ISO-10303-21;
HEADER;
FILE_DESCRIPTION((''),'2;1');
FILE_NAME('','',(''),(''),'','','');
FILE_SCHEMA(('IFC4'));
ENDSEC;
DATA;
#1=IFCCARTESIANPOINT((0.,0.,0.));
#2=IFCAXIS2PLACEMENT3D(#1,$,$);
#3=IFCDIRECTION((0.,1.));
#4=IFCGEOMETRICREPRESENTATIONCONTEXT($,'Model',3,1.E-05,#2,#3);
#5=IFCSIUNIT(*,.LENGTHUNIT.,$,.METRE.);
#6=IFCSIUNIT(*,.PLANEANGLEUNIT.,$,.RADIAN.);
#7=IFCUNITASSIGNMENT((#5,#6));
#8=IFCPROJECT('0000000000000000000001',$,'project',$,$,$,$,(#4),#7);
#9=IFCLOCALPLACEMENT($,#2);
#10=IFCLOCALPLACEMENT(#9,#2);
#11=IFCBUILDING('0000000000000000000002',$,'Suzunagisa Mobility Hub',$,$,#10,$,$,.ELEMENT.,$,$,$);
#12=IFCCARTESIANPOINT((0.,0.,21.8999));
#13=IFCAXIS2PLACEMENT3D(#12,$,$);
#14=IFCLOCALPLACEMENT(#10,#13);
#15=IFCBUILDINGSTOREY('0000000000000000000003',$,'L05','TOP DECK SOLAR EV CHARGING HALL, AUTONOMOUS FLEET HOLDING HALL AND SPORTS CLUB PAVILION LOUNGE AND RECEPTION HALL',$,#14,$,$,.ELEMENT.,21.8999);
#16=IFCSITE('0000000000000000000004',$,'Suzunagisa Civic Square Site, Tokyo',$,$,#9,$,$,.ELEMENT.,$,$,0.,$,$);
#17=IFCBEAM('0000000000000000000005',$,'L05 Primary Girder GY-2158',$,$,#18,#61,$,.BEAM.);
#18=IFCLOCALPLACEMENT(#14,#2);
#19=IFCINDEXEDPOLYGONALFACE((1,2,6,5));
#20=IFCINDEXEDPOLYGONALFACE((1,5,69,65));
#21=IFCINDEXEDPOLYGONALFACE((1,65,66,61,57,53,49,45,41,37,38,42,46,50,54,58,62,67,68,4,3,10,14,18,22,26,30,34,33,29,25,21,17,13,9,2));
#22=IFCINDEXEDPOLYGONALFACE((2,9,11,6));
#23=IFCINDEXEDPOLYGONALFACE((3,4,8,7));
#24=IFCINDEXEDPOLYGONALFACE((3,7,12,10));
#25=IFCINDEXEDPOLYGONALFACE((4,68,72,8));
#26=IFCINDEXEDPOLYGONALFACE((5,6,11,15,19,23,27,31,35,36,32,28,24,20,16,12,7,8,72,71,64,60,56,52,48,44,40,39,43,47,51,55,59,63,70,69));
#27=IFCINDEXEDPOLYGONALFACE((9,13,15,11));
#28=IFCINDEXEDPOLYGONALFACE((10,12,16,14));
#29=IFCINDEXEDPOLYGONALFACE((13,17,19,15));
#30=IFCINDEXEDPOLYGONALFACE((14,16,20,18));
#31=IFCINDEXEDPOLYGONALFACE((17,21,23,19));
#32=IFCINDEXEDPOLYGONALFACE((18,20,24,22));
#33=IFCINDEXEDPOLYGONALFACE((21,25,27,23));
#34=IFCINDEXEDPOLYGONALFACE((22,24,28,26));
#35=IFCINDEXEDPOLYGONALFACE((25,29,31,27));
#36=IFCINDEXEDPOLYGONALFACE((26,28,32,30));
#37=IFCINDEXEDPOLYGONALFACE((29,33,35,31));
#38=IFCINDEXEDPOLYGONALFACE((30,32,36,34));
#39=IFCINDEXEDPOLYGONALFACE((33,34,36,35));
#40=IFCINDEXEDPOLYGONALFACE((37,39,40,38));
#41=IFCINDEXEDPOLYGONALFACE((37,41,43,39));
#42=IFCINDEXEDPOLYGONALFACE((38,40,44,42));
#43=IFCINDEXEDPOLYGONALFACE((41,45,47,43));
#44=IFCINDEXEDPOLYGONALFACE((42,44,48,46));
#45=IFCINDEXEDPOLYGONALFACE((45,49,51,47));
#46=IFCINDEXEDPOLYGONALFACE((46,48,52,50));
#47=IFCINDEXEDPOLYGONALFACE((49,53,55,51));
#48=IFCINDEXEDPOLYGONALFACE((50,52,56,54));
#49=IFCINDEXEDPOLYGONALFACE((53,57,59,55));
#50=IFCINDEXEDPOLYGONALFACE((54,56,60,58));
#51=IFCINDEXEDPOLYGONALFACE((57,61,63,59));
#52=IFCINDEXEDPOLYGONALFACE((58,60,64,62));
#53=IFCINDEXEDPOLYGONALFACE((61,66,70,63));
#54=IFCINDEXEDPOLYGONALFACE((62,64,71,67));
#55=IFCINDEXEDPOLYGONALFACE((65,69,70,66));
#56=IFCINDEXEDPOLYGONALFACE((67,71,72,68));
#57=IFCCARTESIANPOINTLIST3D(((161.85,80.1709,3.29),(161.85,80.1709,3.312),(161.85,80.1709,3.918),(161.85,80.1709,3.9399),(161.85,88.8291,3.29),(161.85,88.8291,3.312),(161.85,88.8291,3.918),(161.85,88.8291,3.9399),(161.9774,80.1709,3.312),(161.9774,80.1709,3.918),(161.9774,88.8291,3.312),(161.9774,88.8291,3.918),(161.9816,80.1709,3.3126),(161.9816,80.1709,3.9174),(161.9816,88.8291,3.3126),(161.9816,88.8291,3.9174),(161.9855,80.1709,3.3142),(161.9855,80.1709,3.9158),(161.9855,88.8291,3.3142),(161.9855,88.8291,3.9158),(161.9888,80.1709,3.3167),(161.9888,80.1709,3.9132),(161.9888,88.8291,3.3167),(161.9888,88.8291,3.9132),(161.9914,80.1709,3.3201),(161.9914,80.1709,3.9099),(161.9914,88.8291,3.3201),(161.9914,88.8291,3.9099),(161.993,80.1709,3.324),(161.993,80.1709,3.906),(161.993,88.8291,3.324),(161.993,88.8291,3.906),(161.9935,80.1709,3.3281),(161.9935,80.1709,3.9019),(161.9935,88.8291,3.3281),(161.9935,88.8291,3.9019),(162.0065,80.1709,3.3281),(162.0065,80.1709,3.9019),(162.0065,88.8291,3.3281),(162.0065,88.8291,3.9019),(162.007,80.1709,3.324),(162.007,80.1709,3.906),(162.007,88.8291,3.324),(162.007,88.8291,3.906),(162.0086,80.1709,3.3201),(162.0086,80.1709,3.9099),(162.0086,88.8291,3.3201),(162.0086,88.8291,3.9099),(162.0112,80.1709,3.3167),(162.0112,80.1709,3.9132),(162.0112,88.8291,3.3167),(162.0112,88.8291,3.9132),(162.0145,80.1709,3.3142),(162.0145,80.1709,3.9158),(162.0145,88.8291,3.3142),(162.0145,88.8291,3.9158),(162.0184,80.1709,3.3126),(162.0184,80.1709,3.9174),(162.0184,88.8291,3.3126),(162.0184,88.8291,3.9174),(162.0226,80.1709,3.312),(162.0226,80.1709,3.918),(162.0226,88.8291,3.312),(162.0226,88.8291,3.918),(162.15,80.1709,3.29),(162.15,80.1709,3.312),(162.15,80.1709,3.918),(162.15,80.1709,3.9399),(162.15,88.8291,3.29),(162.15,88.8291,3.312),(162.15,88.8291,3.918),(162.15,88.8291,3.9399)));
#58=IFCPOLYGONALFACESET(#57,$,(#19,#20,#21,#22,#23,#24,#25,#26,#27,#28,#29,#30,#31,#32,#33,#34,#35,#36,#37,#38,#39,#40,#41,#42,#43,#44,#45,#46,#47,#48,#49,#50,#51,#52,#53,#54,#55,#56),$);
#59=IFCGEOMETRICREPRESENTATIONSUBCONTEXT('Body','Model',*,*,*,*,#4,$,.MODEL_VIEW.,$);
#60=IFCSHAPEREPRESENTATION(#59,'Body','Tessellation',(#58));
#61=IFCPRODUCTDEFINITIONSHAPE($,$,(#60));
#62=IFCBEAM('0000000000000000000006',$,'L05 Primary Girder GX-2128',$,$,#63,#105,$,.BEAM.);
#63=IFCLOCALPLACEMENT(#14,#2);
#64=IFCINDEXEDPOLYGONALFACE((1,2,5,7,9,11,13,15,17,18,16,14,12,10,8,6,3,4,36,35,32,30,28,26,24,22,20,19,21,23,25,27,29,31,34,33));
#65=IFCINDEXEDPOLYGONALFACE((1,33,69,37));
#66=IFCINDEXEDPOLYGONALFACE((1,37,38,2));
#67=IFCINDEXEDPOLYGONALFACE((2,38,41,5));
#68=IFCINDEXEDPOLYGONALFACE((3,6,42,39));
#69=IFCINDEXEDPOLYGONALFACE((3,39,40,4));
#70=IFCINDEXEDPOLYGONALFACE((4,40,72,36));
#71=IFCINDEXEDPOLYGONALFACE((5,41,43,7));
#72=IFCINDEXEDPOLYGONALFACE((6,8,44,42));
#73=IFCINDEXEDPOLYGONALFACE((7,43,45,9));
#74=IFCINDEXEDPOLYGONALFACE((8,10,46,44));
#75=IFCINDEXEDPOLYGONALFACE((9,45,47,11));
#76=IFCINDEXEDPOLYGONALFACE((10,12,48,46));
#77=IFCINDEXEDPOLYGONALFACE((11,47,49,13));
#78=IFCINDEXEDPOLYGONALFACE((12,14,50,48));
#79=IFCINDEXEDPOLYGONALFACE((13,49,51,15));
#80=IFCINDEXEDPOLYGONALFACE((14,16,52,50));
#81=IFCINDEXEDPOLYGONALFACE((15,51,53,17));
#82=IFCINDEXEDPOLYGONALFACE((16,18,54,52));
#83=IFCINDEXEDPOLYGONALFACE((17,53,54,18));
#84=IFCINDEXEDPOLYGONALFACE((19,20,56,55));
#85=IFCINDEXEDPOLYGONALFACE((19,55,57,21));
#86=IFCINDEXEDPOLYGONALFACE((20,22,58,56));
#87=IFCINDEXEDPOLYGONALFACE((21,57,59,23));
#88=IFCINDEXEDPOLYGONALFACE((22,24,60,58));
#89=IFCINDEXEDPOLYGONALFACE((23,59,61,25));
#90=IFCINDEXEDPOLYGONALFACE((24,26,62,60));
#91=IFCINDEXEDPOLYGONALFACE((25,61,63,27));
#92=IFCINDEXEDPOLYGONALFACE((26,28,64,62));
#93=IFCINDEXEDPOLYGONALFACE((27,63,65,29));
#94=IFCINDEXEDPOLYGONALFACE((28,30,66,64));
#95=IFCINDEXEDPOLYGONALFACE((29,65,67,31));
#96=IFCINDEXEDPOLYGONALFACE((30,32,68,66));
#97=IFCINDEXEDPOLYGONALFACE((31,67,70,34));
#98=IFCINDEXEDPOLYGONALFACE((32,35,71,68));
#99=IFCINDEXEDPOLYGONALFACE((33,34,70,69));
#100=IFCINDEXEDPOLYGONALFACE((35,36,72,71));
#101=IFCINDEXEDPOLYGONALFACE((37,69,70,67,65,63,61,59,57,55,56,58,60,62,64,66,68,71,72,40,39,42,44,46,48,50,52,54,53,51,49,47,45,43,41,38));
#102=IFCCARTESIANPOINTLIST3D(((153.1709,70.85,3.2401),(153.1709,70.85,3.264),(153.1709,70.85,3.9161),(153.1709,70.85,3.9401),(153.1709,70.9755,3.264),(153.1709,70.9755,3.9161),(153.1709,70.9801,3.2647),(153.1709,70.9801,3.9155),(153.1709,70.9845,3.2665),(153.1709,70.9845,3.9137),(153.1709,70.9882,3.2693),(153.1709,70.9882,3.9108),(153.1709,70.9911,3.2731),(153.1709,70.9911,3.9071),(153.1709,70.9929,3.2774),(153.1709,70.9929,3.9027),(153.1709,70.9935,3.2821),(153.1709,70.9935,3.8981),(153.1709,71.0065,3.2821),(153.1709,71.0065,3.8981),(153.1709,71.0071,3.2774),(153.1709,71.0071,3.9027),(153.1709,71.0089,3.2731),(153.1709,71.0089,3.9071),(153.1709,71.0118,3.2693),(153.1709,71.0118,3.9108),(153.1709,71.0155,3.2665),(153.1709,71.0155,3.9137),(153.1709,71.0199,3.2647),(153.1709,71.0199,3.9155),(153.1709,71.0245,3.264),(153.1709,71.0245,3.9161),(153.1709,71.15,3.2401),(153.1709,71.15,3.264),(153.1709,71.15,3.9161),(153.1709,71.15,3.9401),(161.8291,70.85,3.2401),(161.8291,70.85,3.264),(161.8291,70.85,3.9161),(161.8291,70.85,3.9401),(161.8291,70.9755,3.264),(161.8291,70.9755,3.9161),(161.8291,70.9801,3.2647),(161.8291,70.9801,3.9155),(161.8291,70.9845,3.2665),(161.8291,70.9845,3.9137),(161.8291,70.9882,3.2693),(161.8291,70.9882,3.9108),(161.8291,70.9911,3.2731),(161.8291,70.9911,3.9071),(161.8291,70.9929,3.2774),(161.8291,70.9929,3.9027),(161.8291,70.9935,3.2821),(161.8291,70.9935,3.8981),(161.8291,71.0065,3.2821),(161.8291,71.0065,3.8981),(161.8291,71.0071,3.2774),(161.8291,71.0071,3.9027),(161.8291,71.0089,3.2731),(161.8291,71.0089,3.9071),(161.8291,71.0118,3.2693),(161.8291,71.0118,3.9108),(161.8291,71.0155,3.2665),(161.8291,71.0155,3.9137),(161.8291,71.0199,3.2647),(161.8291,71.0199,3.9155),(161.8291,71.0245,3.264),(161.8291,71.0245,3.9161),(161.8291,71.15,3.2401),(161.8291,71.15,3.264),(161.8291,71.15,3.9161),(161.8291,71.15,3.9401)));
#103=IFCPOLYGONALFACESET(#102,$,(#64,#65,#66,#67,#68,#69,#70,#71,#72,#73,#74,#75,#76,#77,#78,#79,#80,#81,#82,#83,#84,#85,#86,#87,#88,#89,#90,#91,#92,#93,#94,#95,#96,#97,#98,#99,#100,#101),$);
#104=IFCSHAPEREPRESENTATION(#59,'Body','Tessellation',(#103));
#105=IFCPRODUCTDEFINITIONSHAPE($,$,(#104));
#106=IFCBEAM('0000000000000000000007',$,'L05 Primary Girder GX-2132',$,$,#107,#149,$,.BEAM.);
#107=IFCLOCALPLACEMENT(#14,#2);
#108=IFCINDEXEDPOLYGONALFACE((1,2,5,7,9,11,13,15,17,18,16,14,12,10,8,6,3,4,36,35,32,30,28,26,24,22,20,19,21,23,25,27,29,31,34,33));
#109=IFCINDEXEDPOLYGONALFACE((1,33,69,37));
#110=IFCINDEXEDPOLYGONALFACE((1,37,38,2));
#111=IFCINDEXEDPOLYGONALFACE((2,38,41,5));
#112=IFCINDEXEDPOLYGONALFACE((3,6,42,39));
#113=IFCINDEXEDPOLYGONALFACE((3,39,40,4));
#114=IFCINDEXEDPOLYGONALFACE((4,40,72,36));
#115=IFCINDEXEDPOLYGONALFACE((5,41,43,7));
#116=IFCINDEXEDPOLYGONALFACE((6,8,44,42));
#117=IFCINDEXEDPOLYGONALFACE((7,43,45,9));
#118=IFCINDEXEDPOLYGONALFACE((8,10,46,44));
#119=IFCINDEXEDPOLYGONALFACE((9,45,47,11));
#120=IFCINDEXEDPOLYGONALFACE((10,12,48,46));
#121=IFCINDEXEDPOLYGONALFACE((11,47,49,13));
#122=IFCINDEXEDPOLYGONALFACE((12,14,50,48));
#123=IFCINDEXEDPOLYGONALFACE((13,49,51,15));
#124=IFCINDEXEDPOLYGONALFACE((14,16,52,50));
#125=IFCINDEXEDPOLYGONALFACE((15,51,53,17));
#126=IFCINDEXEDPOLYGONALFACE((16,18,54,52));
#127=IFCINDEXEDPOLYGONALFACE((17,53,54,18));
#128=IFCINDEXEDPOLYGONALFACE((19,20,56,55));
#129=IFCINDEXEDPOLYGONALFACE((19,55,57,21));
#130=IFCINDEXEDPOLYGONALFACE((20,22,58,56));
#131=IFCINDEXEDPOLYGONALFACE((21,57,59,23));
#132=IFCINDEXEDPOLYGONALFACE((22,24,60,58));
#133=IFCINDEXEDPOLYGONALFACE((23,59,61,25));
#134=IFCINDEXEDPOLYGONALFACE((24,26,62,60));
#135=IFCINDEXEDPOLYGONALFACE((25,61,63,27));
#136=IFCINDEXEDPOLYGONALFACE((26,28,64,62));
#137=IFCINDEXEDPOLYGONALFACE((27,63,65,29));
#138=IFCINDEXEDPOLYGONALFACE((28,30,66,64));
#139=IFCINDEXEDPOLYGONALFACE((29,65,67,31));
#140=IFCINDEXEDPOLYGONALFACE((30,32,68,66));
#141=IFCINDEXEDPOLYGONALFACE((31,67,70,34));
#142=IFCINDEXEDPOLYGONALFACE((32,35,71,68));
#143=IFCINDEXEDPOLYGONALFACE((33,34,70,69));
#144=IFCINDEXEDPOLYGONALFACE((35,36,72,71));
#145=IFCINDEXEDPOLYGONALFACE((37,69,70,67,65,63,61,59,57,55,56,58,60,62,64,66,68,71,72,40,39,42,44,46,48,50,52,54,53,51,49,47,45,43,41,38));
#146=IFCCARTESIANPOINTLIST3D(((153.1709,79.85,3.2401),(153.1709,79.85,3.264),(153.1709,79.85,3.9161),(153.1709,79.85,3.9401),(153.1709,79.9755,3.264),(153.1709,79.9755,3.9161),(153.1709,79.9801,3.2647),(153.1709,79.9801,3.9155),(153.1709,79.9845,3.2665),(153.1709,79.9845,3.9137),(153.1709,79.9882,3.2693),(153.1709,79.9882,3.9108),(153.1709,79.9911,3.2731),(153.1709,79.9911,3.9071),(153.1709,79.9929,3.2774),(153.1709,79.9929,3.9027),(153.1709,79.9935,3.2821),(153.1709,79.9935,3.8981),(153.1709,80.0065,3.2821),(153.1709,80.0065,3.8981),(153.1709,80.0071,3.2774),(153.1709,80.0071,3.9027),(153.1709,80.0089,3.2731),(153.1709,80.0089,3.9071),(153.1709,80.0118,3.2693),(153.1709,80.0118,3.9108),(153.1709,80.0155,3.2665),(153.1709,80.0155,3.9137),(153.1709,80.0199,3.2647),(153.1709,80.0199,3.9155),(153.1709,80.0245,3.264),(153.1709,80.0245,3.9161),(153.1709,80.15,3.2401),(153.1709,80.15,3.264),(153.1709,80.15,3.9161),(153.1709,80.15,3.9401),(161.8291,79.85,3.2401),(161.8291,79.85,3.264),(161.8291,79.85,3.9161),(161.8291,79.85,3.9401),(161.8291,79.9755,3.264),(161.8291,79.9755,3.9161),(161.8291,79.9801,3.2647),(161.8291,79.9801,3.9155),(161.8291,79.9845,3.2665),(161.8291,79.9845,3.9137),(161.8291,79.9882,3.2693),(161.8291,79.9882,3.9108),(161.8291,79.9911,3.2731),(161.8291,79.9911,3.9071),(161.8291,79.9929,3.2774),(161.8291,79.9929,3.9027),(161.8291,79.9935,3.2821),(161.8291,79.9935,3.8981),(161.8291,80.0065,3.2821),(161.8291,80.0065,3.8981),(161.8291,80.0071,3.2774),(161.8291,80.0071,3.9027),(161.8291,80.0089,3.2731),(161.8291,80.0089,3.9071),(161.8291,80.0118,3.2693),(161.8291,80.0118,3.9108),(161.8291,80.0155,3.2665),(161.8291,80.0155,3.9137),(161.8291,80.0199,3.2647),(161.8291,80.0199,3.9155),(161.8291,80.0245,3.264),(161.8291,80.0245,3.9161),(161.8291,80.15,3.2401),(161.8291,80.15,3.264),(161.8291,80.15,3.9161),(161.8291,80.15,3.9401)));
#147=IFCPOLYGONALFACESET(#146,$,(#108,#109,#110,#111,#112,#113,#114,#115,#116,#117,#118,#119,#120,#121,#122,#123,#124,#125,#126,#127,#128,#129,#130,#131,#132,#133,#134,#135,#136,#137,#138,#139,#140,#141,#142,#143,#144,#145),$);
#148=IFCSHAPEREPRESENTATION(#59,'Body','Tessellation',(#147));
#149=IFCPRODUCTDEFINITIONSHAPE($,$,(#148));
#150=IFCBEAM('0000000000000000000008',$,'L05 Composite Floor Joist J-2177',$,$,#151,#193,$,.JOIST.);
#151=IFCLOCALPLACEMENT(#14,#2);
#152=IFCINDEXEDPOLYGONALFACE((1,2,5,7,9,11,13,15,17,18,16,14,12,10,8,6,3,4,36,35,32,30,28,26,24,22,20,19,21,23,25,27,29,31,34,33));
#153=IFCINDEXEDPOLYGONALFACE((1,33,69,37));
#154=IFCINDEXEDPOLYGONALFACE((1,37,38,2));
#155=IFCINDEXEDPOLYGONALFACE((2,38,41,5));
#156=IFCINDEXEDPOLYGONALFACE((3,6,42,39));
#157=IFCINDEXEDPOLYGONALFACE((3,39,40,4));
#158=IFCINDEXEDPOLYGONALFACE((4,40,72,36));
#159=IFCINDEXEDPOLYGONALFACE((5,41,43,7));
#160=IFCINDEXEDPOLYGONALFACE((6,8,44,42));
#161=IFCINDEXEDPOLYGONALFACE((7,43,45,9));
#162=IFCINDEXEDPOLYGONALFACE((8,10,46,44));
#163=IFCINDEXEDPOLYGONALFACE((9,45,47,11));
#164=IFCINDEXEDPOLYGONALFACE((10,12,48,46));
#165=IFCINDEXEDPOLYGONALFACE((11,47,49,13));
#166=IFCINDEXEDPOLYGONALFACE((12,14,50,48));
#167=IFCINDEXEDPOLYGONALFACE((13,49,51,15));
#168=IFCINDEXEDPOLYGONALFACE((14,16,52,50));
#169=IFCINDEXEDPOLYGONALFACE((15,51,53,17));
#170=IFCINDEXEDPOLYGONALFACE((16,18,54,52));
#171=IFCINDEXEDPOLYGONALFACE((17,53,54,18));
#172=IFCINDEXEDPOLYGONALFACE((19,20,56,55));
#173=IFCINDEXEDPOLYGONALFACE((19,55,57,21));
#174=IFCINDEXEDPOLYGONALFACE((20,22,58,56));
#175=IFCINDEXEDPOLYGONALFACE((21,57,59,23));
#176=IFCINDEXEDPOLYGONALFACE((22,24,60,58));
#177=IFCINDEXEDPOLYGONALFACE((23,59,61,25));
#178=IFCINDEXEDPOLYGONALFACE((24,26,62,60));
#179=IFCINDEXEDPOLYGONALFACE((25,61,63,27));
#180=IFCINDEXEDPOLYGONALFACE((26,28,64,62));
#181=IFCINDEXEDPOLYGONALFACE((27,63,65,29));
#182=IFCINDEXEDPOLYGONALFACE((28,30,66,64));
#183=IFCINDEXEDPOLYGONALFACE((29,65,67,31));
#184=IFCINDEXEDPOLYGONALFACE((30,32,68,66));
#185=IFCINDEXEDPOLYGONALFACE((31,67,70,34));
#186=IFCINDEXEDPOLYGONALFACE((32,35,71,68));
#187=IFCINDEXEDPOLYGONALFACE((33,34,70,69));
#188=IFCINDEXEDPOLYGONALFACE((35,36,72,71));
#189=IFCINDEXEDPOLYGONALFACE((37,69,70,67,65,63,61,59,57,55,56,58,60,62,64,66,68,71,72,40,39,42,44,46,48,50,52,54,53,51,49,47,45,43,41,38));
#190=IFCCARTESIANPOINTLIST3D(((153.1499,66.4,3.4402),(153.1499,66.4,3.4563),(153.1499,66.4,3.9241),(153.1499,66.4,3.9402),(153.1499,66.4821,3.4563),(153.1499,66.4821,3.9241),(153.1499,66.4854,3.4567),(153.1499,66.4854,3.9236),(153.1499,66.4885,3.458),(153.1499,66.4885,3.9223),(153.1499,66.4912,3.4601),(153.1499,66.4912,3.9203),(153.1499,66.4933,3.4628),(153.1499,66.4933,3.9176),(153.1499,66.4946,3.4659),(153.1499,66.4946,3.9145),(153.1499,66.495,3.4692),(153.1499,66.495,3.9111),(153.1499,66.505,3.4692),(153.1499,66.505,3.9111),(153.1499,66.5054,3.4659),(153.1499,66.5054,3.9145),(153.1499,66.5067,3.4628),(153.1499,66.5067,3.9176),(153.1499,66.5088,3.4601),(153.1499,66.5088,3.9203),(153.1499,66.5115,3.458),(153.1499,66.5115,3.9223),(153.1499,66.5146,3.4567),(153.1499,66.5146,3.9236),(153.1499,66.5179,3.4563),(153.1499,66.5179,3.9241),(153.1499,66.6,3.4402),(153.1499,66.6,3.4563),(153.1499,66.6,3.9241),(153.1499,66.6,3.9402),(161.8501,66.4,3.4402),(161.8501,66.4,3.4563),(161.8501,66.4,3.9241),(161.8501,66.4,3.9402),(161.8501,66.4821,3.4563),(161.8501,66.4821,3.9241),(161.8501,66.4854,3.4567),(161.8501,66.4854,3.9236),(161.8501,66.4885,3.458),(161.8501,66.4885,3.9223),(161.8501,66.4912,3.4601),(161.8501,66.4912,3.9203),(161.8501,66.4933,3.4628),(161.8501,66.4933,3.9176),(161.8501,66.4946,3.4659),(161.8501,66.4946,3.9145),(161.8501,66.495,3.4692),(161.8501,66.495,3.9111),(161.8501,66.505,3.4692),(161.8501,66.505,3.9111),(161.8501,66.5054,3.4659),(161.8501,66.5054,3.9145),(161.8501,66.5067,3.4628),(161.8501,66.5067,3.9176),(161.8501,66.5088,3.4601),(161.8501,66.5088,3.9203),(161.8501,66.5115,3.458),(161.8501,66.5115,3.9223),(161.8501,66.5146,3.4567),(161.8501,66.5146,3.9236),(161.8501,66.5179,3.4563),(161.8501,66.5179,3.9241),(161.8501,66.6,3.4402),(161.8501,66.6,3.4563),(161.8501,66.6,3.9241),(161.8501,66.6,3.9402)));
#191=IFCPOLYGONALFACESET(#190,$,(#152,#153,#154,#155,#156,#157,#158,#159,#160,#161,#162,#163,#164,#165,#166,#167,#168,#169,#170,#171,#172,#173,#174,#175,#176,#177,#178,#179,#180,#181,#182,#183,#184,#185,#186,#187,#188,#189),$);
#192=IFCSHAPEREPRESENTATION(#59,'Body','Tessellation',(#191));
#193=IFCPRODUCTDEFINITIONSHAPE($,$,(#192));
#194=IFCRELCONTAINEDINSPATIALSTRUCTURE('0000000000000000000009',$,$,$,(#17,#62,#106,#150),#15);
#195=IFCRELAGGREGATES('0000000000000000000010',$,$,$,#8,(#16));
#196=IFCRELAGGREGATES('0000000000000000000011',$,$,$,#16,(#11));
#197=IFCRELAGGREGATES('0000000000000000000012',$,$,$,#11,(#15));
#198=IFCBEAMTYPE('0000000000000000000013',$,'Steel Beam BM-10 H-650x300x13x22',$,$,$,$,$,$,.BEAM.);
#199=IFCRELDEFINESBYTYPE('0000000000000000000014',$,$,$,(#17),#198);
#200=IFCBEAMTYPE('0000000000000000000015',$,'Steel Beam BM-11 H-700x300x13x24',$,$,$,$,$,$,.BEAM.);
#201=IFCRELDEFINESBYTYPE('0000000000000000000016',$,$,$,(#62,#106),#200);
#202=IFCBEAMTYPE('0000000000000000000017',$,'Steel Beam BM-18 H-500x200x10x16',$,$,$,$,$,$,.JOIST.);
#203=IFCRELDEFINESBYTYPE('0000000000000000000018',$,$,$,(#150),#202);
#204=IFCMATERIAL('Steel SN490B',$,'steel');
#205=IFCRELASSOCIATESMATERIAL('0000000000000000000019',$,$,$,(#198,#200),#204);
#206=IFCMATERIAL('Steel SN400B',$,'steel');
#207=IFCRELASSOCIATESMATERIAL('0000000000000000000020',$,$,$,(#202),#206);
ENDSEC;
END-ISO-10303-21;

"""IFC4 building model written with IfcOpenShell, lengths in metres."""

from ifc_helpers import new_model, si_unit, direction, frame, origin, origin_2d, place, context, subcontext, project, spatial, i_section, extrude, material, material_profile, profile_set, type_object, element, save


model = new_model("IFC4")

# Units and contexts
model_context = context("Model", 3, precision=1e-05, world=origin(), true_north=direction((0.0, 1.0)))
body_context = subcontext(model_context, "Body", "Model", "MODEL_VIEW")
ifc_project = project(units=[si_unit("LENGTHUNIT", "METRE"), si_unit("PLANEANGLEUNIT", "RADIAN")], contexts=[model_context])

# Site, building, storey
site_placement = place(None, origin())
site = spatial("IfcSite", under=ifc_project, at=site_placement, Name="Suzunagisa Civic Square Site, Tokyo", CompositionType="ELEMENT", RefElevation=0.0)
building_placement = place(site_placement, origin())
building = spatial("IfcBuilding", under=site, at=building_placement, Name="Suzunagisa Mobility Hub", CompositionType="ELEMENT")
storey_placement = place(building_placement, frame((0.0, 0.0, 21.8999)))
storey = spatial("IfcBuildingStorey", under=building, at=storey_placement, Name="L05", Description="TOP DECK SOLAR EV CHARGING HALL, AUTONOMOUS FLEET HOLDING HALL AND SPORTS CLUB PAVILION LOUNGE AND RECEPTION HALL", CompositionType="ELEMENT", Elevation=21.8999)

# Shared definitions
ifc_material_1 = material(Name="Steel SN490B", Category="steel")

# Beams
ifc_material_profile_1 = material_profile(ifc_material_1, i_section(OverallWidth=0.3, OverallDepth=0.6499, WebThickness=0.0129, FlangeThickness=0.022, FilletRadius=0.0161, at=origin_2d()), Name="H-650x300x13x22")
ifc_profile_set_1 = profile_set([ifc_material_profile_1], Name="Steel SN490B")
beam_type_1 = type_object("IfcBeamType", Name="Steel Beam BM-10 H-650x300x13x22", PredefinedType="BEAM", material=ifc_profile_set_1)
for number, where, z_axis, x_axis, name in (
    (1, (162.0, 80.1709, 3.615), (0.0, 1.0, 0.0), (-1.0, 0.0, 0.0), "L05 Primary Girder GY-2158"),
):
    element("IfcBeam", number, at=place(storey_placement, frame(where, z_axis=z_axis, x_axis=x_axis)), inside=storey, type_object=beam_type_1, Name=name, PredefinedType="BEAM", context=body_context, shape_type="SweptSolid", body=[
        extrude(i_section(OverallWidth=0.3, OverallDepth=0.6499, WebThickness=0.0129, FlangeThickness=0.022, FilletRadius=0.0161, at=origin_2d()), origin(), (0.0, 0.0, 1.0), 8.6582),
    ])
ifc_material_profile_2 = material_profile(ifc_material_1, i_section(OverallWidth=0.3, OverallDepth=0.7, WebThickness=0.0129, FlangeThickness=0.0239, FilletRadius=0.0181, at=origin_2d()), Name="H-700x300x13x24")
ifc_profile_set_2 = profile_set([ifc_material_profile_2], Name="Steel SN490B")
beam_type_2 = type_object("IfcBeamType", Name="Steel Beam BM-11 H-700x300x13x24", PredefinedType="BEAM", material=ifc_profile_set_2)
for number, where, z_axis, x_axis, name in (
    (2, (153.1709, 71.0, 3.5901), (1.0, 0.0, 0.0), (0.0, 1.0, 0.0), "L05 Primary Girder GX-2128"),
    (3, (153.1709, 80.0, 3.5901), (1.0, 0.0, 0.0), (0.0, 1.0, 0.0), "L05 Primary Girder GX-2132"),
):
    element("IfcBeam", number, at=place(storey_placement, frame(where, z_axis=z_axis, x_axis=x_axis)), inside=storey, type_object=beam_type_2, Name=name, PredefinedType="BEAM", context=body_context, shape_type="SweptSolid", body=[
        extrude(i_section(OverallWidth=0.3, OverallDepth=0.7, WebThickness=0.0129, FlangeThickness=0.0239, FilletRadius=0.0181, at=origin_2d()), origin(), (0.0, 0.0, 1.0), 8.6582),
    ])
ifc_material_2 = material(Name="Steel SN400B", Category="steel")
ifc_material_profile_3 = material_profile(ifc_material_2, i_section(OverallWidth=0.2, OverallDepth=0.5, WebThickness=0.01, FlangeThickness=0.0161, FilletRadius=0.0129, at=origin_2d()), Name="H-500x200x10x16")
ifc_profile_set_3 = profile_set([ifc_material_profile_3], Name="Steel SN400B")
beam_type_3 = type_object("IfcBeamType", Name="Steel Beam BM-18 H-500x200x10x16", PredefinedType="JOIST", material=ifc_profile_set_3)
for number, where, z_axis, x_axis, name in (
    (4, (153.1499, 66.5, 3.6902), (1.0, 0.0, 0.0), (0.0, 1.0, 0.0), "L05 Composite Floor Joist J-2177"),
):
    element("IfcBeam", number, at=place(storey_placement, frame(where, z_axis=z_axis, x_axis=x_axis)), inside=storey, type_object=beam_type_3, Name=name, PredefinedType="JOIST", context=body_context, shape_type="SweptSolid", body=[
        extrude(i_section(OverallWidth=0.2, OverallDepth=0.5, WebThickness=0.01, FlangeThickness=0.0161, FilletRadius=0.0129, at=origin_2d()), origin(), (0.0, 0.0, 1.0), 8.7002),
    ])

save(model, "model.ifc")
